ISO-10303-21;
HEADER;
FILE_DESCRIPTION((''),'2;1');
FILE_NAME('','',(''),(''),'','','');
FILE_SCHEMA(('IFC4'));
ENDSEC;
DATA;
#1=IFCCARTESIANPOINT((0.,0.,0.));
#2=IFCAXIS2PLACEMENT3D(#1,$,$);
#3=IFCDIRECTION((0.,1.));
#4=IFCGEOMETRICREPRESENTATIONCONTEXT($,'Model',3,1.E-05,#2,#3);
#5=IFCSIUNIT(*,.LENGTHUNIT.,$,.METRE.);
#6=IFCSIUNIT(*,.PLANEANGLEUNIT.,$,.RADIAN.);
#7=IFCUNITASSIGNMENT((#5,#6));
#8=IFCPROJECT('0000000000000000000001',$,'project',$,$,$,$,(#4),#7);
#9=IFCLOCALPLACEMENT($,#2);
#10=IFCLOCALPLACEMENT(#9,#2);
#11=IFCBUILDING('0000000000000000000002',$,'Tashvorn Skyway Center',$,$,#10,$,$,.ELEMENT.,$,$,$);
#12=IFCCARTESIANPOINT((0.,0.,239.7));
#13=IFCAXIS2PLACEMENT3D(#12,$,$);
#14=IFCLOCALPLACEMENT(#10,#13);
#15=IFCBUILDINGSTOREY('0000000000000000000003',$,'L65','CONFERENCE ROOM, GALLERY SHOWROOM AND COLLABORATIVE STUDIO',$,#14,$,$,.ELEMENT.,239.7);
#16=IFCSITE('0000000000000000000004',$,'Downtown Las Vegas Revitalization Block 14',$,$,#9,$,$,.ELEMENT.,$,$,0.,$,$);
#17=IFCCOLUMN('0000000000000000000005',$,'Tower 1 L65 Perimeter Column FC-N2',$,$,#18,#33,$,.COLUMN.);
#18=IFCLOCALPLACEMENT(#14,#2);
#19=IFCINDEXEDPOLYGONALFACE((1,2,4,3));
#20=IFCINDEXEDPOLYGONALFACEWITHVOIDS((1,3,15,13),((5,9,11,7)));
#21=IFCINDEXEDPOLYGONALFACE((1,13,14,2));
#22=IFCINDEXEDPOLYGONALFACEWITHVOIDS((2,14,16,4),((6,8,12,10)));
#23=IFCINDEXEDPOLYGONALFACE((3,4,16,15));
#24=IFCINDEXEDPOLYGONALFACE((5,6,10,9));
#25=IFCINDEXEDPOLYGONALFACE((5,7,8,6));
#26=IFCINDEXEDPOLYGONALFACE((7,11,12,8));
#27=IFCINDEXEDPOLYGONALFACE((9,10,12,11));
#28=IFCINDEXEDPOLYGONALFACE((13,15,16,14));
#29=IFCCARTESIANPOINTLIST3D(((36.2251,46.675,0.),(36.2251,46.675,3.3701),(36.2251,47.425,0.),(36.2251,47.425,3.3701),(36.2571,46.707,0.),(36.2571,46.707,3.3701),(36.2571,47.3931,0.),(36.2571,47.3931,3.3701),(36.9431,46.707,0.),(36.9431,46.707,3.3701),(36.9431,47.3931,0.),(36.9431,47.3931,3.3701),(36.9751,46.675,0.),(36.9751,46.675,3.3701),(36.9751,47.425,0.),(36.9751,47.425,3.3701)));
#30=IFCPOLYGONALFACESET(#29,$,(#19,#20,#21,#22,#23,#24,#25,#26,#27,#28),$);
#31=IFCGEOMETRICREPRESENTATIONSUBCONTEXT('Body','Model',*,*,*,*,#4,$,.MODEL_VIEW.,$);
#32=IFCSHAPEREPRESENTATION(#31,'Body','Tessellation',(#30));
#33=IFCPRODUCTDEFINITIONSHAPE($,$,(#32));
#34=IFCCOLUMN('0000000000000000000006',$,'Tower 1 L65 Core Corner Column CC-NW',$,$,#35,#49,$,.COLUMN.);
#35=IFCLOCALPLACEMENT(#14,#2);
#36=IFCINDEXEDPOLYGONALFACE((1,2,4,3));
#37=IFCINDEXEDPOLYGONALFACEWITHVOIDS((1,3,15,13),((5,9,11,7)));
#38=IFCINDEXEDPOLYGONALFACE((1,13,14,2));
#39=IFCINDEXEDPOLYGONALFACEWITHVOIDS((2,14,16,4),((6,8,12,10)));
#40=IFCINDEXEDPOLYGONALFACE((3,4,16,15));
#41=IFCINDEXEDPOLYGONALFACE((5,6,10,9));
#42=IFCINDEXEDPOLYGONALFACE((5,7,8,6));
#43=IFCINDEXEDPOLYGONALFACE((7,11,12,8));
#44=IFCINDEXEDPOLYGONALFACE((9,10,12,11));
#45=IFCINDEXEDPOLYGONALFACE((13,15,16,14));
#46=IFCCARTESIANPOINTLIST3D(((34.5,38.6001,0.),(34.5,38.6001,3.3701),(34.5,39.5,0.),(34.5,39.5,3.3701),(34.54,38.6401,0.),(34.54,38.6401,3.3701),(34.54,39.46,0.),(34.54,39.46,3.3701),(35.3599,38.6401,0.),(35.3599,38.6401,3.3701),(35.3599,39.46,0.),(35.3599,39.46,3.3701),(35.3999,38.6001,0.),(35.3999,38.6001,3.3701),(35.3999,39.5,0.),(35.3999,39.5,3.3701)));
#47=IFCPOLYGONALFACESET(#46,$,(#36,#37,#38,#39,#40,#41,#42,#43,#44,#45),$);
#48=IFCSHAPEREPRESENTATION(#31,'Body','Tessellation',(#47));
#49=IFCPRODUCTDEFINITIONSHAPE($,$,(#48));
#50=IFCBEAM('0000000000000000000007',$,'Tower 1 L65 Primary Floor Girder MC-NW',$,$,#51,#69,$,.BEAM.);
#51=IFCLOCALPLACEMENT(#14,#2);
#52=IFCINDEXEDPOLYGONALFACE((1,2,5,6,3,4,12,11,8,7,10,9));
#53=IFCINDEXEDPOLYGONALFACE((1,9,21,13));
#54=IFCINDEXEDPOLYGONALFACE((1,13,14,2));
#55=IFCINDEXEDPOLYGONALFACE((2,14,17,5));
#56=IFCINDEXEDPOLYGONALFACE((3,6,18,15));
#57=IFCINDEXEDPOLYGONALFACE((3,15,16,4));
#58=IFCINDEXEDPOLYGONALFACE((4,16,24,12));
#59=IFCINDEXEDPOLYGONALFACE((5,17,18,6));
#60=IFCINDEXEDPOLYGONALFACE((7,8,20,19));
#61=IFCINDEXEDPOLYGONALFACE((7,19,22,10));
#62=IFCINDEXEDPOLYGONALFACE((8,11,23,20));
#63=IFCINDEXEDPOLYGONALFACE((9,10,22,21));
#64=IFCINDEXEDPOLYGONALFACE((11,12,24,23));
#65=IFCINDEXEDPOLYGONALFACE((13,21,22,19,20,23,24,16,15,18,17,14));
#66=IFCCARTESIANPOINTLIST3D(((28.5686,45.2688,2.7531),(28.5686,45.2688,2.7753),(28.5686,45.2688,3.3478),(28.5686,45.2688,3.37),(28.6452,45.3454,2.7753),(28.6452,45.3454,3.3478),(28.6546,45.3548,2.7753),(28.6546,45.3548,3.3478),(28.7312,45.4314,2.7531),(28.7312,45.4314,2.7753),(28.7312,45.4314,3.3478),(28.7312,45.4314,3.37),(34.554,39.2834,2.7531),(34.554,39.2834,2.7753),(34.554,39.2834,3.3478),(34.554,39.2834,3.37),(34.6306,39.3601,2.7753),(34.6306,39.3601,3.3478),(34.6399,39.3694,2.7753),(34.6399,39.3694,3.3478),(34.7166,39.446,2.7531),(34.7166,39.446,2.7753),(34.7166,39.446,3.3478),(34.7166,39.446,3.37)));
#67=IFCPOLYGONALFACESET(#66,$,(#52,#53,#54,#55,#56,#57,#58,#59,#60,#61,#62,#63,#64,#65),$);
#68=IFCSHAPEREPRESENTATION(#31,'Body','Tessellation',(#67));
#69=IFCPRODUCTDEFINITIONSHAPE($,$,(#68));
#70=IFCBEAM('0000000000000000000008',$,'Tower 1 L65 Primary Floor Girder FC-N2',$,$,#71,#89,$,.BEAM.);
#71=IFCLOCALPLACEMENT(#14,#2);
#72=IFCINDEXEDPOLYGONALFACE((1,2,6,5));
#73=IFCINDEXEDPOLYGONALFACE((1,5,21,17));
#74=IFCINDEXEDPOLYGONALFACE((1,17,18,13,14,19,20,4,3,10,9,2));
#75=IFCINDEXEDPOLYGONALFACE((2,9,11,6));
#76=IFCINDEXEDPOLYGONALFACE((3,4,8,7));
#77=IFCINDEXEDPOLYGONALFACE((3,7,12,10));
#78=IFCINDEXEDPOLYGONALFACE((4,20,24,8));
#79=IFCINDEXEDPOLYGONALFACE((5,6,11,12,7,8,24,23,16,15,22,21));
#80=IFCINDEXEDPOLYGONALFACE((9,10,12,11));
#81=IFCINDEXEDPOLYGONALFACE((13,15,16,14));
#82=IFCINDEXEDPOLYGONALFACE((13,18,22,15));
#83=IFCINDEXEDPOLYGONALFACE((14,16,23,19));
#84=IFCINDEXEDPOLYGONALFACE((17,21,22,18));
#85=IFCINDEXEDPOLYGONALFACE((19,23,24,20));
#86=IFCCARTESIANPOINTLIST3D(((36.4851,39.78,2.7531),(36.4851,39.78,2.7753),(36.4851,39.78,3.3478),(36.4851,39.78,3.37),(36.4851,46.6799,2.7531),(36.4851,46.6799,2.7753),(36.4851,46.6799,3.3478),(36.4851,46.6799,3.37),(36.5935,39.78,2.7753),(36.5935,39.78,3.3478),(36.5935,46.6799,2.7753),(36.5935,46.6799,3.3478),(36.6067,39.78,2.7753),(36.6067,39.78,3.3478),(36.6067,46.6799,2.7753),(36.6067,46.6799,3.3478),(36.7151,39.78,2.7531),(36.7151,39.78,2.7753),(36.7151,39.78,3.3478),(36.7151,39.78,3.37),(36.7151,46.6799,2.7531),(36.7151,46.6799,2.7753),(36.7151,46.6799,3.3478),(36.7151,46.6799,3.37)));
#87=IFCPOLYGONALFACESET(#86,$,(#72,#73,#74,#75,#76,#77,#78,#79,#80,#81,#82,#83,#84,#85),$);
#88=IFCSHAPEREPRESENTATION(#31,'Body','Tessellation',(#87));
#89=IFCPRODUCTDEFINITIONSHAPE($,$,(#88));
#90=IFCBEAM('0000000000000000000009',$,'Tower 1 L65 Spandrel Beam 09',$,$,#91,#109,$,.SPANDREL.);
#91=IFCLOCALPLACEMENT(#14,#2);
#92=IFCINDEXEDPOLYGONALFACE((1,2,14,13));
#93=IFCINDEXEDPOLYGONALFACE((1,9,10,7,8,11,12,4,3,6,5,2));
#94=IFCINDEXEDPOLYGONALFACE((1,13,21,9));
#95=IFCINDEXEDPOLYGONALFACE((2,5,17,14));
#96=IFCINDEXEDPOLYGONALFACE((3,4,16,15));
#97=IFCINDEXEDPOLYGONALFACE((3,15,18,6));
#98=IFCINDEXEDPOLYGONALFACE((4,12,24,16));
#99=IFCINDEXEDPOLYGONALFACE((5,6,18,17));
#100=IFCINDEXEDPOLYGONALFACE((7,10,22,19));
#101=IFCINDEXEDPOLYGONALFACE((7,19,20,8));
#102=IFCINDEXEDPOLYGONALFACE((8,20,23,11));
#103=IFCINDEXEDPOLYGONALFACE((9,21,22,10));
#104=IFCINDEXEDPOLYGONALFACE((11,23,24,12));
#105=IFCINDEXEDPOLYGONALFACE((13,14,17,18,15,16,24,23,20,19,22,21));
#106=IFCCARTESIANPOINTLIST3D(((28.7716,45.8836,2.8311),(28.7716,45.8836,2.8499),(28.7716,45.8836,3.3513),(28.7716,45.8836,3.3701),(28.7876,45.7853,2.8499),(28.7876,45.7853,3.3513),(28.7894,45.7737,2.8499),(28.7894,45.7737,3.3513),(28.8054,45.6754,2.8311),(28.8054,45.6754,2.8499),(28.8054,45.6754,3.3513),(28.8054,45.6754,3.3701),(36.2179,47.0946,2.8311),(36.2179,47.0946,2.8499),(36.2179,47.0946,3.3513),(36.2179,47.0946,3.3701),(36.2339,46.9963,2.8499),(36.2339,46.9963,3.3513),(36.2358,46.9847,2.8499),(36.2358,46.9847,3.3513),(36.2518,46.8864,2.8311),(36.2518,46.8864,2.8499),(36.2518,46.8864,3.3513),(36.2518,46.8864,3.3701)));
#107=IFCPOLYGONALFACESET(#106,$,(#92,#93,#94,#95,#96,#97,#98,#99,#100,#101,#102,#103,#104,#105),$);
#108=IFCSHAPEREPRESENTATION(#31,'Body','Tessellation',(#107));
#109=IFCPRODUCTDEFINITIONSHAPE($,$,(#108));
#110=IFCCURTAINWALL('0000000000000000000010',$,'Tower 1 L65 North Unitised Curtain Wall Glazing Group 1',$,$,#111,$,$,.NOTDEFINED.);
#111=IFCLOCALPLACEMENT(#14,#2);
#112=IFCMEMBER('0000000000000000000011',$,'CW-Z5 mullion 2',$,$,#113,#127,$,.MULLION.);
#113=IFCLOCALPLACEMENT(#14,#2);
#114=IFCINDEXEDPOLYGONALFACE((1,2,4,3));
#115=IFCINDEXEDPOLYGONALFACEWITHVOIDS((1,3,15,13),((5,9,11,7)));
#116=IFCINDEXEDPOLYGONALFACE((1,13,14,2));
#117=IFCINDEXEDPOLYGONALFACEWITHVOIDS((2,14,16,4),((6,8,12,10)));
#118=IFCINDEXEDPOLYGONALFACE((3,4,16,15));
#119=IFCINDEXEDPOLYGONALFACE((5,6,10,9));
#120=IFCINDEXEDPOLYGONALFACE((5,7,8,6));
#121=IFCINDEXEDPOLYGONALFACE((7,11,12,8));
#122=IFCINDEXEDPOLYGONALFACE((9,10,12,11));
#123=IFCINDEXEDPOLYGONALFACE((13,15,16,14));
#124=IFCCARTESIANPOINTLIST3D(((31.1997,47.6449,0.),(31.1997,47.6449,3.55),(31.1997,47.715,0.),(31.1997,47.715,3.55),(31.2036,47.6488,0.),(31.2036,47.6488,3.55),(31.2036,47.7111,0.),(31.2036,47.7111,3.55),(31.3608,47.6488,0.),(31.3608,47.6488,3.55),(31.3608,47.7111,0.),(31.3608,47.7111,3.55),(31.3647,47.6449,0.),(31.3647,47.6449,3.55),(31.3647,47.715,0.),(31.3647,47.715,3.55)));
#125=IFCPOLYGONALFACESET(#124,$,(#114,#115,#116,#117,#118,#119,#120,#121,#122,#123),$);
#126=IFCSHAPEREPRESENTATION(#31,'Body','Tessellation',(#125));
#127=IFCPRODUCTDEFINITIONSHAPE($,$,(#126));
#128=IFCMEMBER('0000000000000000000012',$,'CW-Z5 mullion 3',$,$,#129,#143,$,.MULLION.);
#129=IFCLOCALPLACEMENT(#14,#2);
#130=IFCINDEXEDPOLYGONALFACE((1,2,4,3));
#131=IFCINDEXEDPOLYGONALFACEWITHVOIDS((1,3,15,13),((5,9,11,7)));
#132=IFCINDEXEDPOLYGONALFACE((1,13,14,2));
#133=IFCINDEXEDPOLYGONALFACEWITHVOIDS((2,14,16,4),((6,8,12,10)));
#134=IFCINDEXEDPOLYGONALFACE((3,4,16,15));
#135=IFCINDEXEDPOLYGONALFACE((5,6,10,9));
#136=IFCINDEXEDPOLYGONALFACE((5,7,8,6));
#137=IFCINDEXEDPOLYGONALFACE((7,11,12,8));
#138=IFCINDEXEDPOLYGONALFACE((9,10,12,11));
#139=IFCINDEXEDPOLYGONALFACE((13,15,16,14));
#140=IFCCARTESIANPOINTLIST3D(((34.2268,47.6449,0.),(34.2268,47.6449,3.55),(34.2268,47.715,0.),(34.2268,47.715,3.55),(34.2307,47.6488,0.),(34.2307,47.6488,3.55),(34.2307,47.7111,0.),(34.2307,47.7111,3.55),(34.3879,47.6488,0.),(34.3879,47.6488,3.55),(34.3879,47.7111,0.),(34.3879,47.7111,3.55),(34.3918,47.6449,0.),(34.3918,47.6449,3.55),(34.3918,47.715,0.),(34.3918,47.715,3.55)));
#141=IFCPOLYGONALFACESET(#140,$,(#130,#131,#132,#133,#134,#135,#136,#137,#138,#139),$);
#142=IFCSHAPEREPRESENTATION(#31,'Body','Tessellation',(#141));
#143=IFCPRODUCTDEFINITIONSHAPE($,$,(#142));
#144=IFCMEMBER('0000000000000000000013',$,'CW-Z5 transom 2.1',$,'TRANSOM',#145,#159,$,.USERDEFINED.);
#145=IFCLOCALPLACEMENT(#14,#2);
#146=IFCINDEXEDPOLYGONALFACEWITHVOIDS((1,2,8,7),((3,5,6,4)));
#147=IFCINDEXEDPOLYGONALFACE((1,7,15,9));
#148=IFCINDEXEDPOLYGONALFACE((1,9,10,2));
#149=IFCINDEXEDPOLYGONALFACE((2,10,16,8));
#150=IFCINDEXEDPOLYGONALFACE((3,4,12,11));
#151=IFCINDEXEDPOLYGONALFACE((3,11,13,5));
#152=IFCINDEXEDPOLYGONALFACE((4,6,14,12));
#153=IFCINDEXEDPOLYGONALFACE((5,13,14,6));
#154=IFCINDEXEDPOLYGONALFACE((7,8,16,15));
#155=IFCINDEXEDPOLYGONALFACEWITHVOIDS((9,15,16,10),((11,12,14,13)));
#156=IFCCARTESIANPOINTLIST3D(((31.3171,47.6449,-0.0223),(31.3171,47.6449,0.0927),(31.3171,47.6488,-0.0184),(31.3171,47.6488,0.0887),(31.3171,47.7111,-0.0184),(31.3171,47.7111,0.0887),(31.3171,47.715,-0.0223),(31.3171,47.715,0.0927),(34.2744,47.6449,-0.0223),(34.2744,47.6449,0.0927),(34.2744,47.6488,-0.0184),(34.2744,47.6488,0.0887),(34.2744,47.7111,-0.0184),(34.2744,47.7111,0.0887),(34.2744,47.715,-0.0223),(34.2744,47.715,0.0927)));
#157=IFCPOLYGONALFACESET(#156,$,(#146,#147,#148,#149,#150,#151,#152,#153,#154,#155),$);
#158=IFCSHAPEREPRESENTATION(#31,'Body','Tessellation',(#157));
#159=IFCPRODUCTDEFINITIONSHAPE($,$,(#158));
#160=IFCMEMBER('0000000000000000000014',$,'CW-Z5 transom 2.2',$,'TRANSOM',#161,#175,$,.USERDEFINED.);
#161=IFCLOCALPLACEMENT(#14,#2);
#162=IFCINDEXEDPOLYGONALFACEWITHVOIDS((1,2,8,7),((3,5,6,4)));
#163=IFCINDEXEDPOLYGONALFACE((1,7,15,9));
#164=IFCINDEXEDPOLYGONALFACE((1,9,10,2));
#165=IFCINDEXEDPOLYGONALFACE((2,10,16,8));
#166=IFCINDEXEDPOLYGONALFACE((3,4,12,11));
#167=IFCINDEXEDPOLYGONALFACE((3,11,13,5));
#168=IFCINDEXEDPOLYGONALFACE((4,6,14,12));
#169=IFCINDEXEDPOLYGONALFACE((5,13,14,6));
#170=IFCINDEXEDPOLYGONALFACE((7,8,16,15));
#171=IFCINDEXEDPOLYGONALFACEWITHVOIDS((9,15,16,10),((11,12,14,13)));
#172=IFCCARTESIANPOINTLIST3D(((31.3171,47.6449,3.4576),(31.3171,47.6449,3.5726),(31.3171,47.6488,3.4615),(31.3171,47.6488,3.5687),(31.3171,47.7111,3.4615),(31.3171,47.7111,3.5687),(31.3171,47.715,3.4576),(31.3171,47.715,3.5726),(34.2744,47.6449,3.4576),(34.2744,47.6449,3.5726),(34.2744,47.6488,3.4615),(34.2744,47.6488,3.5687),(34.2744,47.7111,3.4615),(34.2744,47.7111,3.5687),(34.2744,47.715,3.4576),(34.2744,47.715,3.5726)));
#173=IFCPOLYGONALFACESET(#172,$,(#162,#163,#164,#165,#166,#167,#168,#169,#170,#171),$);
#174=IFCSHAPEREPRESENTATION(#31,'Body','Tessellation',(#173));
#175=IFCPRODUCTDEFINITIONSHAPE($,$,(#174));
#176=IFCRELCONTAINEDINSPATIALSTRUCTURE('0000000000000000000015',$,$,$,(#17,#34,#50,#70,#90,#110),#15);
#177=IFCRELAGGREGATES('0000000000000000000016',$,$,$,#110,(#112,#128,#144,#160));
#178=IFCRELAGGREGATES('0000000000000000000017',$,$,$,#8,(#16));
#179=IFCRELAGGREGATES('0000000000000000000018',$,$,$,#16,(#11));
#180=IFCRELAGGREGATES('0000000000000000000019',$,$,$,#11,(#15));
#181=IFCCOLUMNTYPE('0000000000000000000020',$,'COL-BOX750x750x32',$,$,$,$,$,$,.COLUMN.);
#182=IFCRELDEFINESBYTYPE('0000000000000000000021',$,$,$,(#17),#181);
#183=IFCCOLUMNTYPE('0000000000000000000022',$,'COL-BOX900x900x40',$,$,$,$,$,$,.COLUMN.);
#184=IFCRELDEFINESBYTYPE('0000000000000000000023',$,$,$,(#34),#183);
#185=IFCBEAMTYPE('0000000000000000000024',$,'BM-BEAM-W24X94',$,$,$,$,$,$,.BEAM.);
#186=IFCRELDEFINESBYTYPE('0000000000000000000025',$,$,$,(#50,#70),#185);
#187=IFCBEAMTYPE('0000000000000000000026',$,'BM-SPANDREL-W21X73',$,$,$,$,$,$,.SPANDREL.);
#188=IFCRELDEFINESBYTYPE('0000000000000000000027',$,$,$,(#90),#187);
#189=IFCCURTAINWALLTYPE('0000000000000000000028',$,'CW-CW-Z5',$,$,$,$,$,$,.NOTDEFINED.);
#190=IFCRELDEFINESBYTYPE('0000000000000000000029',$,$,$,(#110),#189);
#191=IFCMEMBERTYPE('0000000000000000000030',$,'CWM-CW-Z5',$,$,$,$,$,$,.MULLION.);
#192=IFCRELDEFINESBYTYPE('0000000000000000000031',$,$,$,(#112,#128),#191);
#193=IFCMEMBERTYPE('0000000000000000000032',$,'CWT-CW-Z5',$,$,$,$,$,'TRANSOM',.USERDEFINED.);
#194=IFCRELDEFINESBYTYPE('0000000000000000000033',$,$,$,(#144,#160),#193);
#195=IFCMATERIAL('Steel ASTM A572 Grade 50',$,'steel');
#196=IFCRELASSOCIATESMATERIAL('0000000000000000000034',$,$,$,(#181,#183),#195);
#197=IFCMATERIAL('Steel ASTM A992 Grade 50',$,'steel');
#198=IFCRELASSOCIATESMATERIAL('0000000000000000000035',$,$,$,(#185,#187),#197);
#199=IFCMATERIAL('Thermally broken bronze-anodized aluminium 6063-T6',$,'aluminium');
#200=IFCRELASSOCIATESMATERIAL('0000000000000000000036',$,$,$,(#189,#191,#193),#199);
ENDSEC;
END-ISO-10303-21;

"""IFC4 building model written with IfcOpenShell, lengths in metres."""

from ifc_helpers import new_model, si_unit, direction, frame, origin, origin_2d, place, context, subcontext, project, spatial, hollow_rectangle, i_section, extrude, material, material_profile, profile_set, type_object, element, aggregate, save


model = new_model("IFC4")

# Units and contexts
model_context = context("Model", 3, precision=1e-05, world=origin(), true_north=direction((0.0, 1.0)))
body_context = subcontext(model_context, "Body", "Model", "MODEL_VIEW")
ifc_project = project(units=[si_unit("LENGTHUNIT", "METRE"), si_unit("PLANEANGLEUNIT", "RADIAN")], contexts=[model_context])

# Site, building, storey
site_placement = place(None, origin())
site = spatial("IfcSite", under=ifc_project, at=site_placement, Name="Downtown Las Vegas Revitalization Block 14", CompositionType="ELEMENT", RefElevation=0.0)
building_placement = place(site_placement, origin())
building = spatial("IfcBuilding", under=site, at=building_placement, Name="Tashvorn Skyway Center", CompositionType="ELEMENT")
storey_placement = place(building_placement, frame((0.0, 0.0, 239.7)))
storey = spatial("IfcBuildingStorey", under=building, at=storey_placement, Name="L65", Description="CONFERENCE ROOM, GALLERY SHOWROOM AND COLLABORATIVE STUDIO", CompositionType="ELEMENT", Elevation=239.7)

# Columns
ifc_material_1 = material(Name="Steel ASTM A572 Grade 50", Category="steel")
ifc_material_profile_1 = material_profile(ifc_material_1, hollow_rectangle(XDim=0.75, YDim=0.75, WallThickness=0.032, at=origin_2d()), Name="BOX750x750x32")
ifc_profile_set_1 = profile_set([ifc_material_profile_1], Name="Steel ASTM A572 Grade 50")
column_type_1 = type_object("IfcColumnType", Name="COL-BOX750x750x32", PredefinedType="COLUMN", material=ifc_profile_set_1)
column_1_placement = place(storey_placement, frame((36.6001, 47.05, 0.0), z_axis=(0.0, 0.0, 1.0), x_axis=(1.0, 0.0, 0.0)))
element("IfcColumn", 1, at=column_1_placement, inside=storey, type_object=column_type_1, Name="Tower 1 L65 Perimeter Column FC-N2", PredefinedType="COLUMN", context=body_context, shape_type="SweptSolid", body=[
    extrude(hollow_rectangle(XDim=0.75, YDim=0.75, WallThickness=0.032, at=origin_2d()), origin(), (0.0, 0.0, 1.0), 3.3701),
])
ifc_material_profile_2 = material_profile(ifc_material_1, hollow_rectangle(XDim=0.8999, YDim=0.8999, WallThickness=0.04, at=origin_2d()), Name="BOX900x900x40")
ifc_profile_set_2 = profile_set([ifc_material_profile_2], Name="Steel ASTM A572 Grade 50")
column_type_2 = type_object("IfcColumnType", Name="COL-BOX900x900x40", PredefinedType="COLUMN", material=ifc_profile_set_2)
column_2_placement = place(storey_placement, frame((34.95, 39.05, 0.0), z_axis=(0.0, 0.0, 1.0), x_axis=(1.0, 0.0, 0.0)))
element("IfcColumn", 2, at=column_2_placement, inside=storey, type_object=column_type_2, Name="Tower 1 L65 Core Corner Column CC-NW", PredefinedType="COLUMN", context=body_context, shape_type="SweptSolid", body=[
    extrude(hollow_rectangle(XDim=0.8999, YDim=0.8999, WallThickness=0.04, at=origin_2d()), origin(), (0.0, 0.0, 1.0), 3.3701),
])

# Beams
ifc_material_2 = material(Name="Steel ASTM A992 Grade 50", Category="steel")
ifc_material_profile_3 = material_profile(ifc_material_2, i_section(OverallWidth=0.23, OverallDepth=0.6169, WebThickness=0.0132, FlangeThickness=0.0222, at=origin_2d()), Name="W24X94")
ifc_profile_set_3 = profile_set([ifc_material_profile_3], Name="Steel ASTM A992 Grade 50")
beam_type_1 = type_object("IfcBeamType", Name="BM-BEAM-W24X94", PredefinedType="BEAM", material=ifc_profile_set_3)
beam_1_placement = place(storey_placement, frame((28.6499, 45.3501, 3.0615), z_axis=(0.707107, -0.707107, 0.0), x_axis=(0.707107, 0.707107, 0.0)))
element("IfcBeam", 3, at=beam_1_placement, inside=storey, type_object=beam_type_1, Name="Tower 1 L65 Primary Floor Girder MC-NW", PredefinedType="BEAM", context=body_context, shape_type="SweptSolid", body=[
    extrude(i_section(OverallWidth=0.23, OverallDepth=0.6169, WebThickness=0.0132, FlangeThickness=0.0222, at=origin_2d()), origin(), (0.0, 0.0, 1.0), 8.4646),
])
beam_2_placement = place(storey_placement, frame((36.6001, 46.6799, 3.0615), z_axis=(0.0, -1.0, 0.0), x_axis=(1.0, 0.0, 0.0)))
element("IfcBeam", 4, at=beam_2_placement, inside=storey, type_object=beam_type_1, Name="Tower 1 L65 Primary Floor Girder FC-N2", PredefinedType="BEAM", context=body_context, shape_type="SweptSolid", body=[
    extrude(i_section(OverallWidth=0.23, OverallDepth=0.6169, WebThickness=0.0132, FlangeThickness=0.0222, at=origin_2d()), origin(), (0.0, 0.0, 1.0), 6.8999),
])
ifc_material_profile_4 = material_profile(ifc_material_2, i_section(OverallWidth=0.2109, OverallDepth=0.5391, WebThickness=0.0117, FlangeThickness=0.0188, at=origin_2d()), Name="W21X73")
ifc_profile_set_4 = profile_set([ifc_material_profile_4], Name="Steel ASTM A992 Grade 50")
beam_type_2 = type_object("IfcBeamType", Name="BM-SPANDREL-W21X73", PredefinedType="SPANDREL", material=ifc_profile_set_4)
beam_3_placement = place(storey_placement, frame((36.2349, 46.9905, 3.1006), z_axis=(-0.987034, -0.160514, 0.0), x_axis=(0.160514, -0.987034, 0.0)))
element("IfcBeam", 5, at=beam_3_placement, inside=storey, type_object=beam_type_2, Name="Tower 1 L65 Spandrel Beam 09", PredefinedType="SPANDREL", context=body_context, shape_type="SweptSolid", body=[
    extrude(i_section(OverallWidth=0.2109, OverallDepth=0.5391, WebThickness=0.0117, FlangeThickness=0.0188, at=origin_2d()), origin(), (0.0, 0.0, 1.0), 7.5442),
])

# Curtain wall, members
ifc_material_3 = material(Name="Thermally broken bronze-anodized aluminium 6063-T6", Category="aluminium")
curtain_wall_type = type_object("IfcCurtainWallType", Name="CW-CW-Z5", PredefinedType="NOTDEFINED", material=ifc_material_3)
curtain_wall_placement = place(storey_placement, origin())
curtain_wall = element("IfcCurtainWall", 6, at=curtain_wall_placement, inside=storey, type_object=curtain_wall_type, Name="Tower 1 L65 North Unitised Curtain Wall Glazing Group 1", PredefinedType="NOTDEFINED")
ifc_material_profile_5 = material_profile(ifc_material_3, hollow_rectangle(XDim=0.0701, YDim=0.165, WallThickness=0.0039, at=origin_2d()), Name="ALU-MULL-70x165")
ifc_profile_set_5 = profile_set([ifc_material_profile_5], Name="Thermally broken bronze-anodized aluminium 6063-T6")
member_type_1 = type_object("IfcMemberType", Name="CWM-CW-Z5", PredefinedType="MULLION", material=ifc_profile_set_5)
member_1_placement = place(storey_placement, frame((31.2822, 47.6799, 0.0), z_axis=(0.0, 0.0, 1.0), x_axis=(0.0, 1.0, 0.0)))
member_1 = element("IfcMember", 7, at=member_1_placement, type_object=member_type_1, Name="CW-Z5 mullion 2", PredefinedType="MULLION", context=body_context, shape_type="SweptSolid", body=[
    extrude(hollow_rectangle(XDim=0.0701, YDim=0.165, WallThickness=0.0039, at=origin_2d()), origin(), (0.0, 0.0, 1.0), 3.55),
])
member_2_placement = place(storey_placement, frame((34.3093, 47.6799, 0.0), z_axis=(0.0, 0.0, 1.0), x_axis=(0.0, 1.0, 0.0)))
member_2 = element("IfcMember", 8, at=member_2_placement, type_object=member_type_1, Name="CW-Z5 mullion 3", PredefinedType="MULLION", context=body_context, shape_type="SweptSolid", body=[
    extrude(hollow_rectangle(XDim=0.0701, YDim=0.165, WallThickness=0.0039, at=origin_2d()), origin(), (0.0, 0.0, 1.0), 3.55),
])
ifc_material_profile_6 = material_profile(ifc_material_3, hollow_rectangle(XDim=0.0701, YDim=0.115, WallThickness=0.0039, at=origin_2d()), Name="ALU-TRAN-70x115")
ifc_profile_set_6 = profile_set([ifc_material_profile_6], Name="Thermally broken bronze-anodized aluminium 6063-T6")
member_type_2 = type_object("IfcMemberType", Name="CWT-CW-Z5", ElementType="TRANSOM", PredefinedType="USERDEFINED", material=ifc_profile_set_6)
member_3_placement = place(storey_placement, frame((31.3171, 47.6799, 0.0352), z_axis=(1.0, 0.0, 0.0), x_axis=(0.0, 1.0, 0.0)))
member_3 = element("IfcMember", 9, at=member_3_placement, type_object=member_type_2, Name="CW-Z5 transom 2.1", ObjectType="TRANSOM", PredefinedType="USERDEFINED", context=body_context, shape_type="SweptSolid", body=[
    extrude(hollow_rectangle(XDim=0.0701, YDim=0.115, WallThickness=0.0039, at=origin_2d()), origin(), (0.0, 0.0, 1.0), 2.9573),
])
member_4_placement = place(storey_placement, frame((31.3171, 47.6799, 3.5151), z_axis=(1.0, 0.0, 0.0), x_axis=(0.0, 1.0, 0.0)))
member_4 = element("IfcMember", 10, at=member_4_placement, type_object=member_type_2, Name="CW-Z5 transom 2.2", ObjectType="TRANSOM", PredefinedType="USERDEFINED", context=body_context, shape_type="SweptSolid", body=[
    extrude(hollow_rectangle(XDim=0.0701, YDim=0.115, WallThickness=0.0039, at=origin_2d()), origin(), (0.0, 0.0, 1.0), 2.9573),
])

aggregate(curtain_wall, [member_1, member_2, member_3, member_4])

save(model, "model.ifc")
